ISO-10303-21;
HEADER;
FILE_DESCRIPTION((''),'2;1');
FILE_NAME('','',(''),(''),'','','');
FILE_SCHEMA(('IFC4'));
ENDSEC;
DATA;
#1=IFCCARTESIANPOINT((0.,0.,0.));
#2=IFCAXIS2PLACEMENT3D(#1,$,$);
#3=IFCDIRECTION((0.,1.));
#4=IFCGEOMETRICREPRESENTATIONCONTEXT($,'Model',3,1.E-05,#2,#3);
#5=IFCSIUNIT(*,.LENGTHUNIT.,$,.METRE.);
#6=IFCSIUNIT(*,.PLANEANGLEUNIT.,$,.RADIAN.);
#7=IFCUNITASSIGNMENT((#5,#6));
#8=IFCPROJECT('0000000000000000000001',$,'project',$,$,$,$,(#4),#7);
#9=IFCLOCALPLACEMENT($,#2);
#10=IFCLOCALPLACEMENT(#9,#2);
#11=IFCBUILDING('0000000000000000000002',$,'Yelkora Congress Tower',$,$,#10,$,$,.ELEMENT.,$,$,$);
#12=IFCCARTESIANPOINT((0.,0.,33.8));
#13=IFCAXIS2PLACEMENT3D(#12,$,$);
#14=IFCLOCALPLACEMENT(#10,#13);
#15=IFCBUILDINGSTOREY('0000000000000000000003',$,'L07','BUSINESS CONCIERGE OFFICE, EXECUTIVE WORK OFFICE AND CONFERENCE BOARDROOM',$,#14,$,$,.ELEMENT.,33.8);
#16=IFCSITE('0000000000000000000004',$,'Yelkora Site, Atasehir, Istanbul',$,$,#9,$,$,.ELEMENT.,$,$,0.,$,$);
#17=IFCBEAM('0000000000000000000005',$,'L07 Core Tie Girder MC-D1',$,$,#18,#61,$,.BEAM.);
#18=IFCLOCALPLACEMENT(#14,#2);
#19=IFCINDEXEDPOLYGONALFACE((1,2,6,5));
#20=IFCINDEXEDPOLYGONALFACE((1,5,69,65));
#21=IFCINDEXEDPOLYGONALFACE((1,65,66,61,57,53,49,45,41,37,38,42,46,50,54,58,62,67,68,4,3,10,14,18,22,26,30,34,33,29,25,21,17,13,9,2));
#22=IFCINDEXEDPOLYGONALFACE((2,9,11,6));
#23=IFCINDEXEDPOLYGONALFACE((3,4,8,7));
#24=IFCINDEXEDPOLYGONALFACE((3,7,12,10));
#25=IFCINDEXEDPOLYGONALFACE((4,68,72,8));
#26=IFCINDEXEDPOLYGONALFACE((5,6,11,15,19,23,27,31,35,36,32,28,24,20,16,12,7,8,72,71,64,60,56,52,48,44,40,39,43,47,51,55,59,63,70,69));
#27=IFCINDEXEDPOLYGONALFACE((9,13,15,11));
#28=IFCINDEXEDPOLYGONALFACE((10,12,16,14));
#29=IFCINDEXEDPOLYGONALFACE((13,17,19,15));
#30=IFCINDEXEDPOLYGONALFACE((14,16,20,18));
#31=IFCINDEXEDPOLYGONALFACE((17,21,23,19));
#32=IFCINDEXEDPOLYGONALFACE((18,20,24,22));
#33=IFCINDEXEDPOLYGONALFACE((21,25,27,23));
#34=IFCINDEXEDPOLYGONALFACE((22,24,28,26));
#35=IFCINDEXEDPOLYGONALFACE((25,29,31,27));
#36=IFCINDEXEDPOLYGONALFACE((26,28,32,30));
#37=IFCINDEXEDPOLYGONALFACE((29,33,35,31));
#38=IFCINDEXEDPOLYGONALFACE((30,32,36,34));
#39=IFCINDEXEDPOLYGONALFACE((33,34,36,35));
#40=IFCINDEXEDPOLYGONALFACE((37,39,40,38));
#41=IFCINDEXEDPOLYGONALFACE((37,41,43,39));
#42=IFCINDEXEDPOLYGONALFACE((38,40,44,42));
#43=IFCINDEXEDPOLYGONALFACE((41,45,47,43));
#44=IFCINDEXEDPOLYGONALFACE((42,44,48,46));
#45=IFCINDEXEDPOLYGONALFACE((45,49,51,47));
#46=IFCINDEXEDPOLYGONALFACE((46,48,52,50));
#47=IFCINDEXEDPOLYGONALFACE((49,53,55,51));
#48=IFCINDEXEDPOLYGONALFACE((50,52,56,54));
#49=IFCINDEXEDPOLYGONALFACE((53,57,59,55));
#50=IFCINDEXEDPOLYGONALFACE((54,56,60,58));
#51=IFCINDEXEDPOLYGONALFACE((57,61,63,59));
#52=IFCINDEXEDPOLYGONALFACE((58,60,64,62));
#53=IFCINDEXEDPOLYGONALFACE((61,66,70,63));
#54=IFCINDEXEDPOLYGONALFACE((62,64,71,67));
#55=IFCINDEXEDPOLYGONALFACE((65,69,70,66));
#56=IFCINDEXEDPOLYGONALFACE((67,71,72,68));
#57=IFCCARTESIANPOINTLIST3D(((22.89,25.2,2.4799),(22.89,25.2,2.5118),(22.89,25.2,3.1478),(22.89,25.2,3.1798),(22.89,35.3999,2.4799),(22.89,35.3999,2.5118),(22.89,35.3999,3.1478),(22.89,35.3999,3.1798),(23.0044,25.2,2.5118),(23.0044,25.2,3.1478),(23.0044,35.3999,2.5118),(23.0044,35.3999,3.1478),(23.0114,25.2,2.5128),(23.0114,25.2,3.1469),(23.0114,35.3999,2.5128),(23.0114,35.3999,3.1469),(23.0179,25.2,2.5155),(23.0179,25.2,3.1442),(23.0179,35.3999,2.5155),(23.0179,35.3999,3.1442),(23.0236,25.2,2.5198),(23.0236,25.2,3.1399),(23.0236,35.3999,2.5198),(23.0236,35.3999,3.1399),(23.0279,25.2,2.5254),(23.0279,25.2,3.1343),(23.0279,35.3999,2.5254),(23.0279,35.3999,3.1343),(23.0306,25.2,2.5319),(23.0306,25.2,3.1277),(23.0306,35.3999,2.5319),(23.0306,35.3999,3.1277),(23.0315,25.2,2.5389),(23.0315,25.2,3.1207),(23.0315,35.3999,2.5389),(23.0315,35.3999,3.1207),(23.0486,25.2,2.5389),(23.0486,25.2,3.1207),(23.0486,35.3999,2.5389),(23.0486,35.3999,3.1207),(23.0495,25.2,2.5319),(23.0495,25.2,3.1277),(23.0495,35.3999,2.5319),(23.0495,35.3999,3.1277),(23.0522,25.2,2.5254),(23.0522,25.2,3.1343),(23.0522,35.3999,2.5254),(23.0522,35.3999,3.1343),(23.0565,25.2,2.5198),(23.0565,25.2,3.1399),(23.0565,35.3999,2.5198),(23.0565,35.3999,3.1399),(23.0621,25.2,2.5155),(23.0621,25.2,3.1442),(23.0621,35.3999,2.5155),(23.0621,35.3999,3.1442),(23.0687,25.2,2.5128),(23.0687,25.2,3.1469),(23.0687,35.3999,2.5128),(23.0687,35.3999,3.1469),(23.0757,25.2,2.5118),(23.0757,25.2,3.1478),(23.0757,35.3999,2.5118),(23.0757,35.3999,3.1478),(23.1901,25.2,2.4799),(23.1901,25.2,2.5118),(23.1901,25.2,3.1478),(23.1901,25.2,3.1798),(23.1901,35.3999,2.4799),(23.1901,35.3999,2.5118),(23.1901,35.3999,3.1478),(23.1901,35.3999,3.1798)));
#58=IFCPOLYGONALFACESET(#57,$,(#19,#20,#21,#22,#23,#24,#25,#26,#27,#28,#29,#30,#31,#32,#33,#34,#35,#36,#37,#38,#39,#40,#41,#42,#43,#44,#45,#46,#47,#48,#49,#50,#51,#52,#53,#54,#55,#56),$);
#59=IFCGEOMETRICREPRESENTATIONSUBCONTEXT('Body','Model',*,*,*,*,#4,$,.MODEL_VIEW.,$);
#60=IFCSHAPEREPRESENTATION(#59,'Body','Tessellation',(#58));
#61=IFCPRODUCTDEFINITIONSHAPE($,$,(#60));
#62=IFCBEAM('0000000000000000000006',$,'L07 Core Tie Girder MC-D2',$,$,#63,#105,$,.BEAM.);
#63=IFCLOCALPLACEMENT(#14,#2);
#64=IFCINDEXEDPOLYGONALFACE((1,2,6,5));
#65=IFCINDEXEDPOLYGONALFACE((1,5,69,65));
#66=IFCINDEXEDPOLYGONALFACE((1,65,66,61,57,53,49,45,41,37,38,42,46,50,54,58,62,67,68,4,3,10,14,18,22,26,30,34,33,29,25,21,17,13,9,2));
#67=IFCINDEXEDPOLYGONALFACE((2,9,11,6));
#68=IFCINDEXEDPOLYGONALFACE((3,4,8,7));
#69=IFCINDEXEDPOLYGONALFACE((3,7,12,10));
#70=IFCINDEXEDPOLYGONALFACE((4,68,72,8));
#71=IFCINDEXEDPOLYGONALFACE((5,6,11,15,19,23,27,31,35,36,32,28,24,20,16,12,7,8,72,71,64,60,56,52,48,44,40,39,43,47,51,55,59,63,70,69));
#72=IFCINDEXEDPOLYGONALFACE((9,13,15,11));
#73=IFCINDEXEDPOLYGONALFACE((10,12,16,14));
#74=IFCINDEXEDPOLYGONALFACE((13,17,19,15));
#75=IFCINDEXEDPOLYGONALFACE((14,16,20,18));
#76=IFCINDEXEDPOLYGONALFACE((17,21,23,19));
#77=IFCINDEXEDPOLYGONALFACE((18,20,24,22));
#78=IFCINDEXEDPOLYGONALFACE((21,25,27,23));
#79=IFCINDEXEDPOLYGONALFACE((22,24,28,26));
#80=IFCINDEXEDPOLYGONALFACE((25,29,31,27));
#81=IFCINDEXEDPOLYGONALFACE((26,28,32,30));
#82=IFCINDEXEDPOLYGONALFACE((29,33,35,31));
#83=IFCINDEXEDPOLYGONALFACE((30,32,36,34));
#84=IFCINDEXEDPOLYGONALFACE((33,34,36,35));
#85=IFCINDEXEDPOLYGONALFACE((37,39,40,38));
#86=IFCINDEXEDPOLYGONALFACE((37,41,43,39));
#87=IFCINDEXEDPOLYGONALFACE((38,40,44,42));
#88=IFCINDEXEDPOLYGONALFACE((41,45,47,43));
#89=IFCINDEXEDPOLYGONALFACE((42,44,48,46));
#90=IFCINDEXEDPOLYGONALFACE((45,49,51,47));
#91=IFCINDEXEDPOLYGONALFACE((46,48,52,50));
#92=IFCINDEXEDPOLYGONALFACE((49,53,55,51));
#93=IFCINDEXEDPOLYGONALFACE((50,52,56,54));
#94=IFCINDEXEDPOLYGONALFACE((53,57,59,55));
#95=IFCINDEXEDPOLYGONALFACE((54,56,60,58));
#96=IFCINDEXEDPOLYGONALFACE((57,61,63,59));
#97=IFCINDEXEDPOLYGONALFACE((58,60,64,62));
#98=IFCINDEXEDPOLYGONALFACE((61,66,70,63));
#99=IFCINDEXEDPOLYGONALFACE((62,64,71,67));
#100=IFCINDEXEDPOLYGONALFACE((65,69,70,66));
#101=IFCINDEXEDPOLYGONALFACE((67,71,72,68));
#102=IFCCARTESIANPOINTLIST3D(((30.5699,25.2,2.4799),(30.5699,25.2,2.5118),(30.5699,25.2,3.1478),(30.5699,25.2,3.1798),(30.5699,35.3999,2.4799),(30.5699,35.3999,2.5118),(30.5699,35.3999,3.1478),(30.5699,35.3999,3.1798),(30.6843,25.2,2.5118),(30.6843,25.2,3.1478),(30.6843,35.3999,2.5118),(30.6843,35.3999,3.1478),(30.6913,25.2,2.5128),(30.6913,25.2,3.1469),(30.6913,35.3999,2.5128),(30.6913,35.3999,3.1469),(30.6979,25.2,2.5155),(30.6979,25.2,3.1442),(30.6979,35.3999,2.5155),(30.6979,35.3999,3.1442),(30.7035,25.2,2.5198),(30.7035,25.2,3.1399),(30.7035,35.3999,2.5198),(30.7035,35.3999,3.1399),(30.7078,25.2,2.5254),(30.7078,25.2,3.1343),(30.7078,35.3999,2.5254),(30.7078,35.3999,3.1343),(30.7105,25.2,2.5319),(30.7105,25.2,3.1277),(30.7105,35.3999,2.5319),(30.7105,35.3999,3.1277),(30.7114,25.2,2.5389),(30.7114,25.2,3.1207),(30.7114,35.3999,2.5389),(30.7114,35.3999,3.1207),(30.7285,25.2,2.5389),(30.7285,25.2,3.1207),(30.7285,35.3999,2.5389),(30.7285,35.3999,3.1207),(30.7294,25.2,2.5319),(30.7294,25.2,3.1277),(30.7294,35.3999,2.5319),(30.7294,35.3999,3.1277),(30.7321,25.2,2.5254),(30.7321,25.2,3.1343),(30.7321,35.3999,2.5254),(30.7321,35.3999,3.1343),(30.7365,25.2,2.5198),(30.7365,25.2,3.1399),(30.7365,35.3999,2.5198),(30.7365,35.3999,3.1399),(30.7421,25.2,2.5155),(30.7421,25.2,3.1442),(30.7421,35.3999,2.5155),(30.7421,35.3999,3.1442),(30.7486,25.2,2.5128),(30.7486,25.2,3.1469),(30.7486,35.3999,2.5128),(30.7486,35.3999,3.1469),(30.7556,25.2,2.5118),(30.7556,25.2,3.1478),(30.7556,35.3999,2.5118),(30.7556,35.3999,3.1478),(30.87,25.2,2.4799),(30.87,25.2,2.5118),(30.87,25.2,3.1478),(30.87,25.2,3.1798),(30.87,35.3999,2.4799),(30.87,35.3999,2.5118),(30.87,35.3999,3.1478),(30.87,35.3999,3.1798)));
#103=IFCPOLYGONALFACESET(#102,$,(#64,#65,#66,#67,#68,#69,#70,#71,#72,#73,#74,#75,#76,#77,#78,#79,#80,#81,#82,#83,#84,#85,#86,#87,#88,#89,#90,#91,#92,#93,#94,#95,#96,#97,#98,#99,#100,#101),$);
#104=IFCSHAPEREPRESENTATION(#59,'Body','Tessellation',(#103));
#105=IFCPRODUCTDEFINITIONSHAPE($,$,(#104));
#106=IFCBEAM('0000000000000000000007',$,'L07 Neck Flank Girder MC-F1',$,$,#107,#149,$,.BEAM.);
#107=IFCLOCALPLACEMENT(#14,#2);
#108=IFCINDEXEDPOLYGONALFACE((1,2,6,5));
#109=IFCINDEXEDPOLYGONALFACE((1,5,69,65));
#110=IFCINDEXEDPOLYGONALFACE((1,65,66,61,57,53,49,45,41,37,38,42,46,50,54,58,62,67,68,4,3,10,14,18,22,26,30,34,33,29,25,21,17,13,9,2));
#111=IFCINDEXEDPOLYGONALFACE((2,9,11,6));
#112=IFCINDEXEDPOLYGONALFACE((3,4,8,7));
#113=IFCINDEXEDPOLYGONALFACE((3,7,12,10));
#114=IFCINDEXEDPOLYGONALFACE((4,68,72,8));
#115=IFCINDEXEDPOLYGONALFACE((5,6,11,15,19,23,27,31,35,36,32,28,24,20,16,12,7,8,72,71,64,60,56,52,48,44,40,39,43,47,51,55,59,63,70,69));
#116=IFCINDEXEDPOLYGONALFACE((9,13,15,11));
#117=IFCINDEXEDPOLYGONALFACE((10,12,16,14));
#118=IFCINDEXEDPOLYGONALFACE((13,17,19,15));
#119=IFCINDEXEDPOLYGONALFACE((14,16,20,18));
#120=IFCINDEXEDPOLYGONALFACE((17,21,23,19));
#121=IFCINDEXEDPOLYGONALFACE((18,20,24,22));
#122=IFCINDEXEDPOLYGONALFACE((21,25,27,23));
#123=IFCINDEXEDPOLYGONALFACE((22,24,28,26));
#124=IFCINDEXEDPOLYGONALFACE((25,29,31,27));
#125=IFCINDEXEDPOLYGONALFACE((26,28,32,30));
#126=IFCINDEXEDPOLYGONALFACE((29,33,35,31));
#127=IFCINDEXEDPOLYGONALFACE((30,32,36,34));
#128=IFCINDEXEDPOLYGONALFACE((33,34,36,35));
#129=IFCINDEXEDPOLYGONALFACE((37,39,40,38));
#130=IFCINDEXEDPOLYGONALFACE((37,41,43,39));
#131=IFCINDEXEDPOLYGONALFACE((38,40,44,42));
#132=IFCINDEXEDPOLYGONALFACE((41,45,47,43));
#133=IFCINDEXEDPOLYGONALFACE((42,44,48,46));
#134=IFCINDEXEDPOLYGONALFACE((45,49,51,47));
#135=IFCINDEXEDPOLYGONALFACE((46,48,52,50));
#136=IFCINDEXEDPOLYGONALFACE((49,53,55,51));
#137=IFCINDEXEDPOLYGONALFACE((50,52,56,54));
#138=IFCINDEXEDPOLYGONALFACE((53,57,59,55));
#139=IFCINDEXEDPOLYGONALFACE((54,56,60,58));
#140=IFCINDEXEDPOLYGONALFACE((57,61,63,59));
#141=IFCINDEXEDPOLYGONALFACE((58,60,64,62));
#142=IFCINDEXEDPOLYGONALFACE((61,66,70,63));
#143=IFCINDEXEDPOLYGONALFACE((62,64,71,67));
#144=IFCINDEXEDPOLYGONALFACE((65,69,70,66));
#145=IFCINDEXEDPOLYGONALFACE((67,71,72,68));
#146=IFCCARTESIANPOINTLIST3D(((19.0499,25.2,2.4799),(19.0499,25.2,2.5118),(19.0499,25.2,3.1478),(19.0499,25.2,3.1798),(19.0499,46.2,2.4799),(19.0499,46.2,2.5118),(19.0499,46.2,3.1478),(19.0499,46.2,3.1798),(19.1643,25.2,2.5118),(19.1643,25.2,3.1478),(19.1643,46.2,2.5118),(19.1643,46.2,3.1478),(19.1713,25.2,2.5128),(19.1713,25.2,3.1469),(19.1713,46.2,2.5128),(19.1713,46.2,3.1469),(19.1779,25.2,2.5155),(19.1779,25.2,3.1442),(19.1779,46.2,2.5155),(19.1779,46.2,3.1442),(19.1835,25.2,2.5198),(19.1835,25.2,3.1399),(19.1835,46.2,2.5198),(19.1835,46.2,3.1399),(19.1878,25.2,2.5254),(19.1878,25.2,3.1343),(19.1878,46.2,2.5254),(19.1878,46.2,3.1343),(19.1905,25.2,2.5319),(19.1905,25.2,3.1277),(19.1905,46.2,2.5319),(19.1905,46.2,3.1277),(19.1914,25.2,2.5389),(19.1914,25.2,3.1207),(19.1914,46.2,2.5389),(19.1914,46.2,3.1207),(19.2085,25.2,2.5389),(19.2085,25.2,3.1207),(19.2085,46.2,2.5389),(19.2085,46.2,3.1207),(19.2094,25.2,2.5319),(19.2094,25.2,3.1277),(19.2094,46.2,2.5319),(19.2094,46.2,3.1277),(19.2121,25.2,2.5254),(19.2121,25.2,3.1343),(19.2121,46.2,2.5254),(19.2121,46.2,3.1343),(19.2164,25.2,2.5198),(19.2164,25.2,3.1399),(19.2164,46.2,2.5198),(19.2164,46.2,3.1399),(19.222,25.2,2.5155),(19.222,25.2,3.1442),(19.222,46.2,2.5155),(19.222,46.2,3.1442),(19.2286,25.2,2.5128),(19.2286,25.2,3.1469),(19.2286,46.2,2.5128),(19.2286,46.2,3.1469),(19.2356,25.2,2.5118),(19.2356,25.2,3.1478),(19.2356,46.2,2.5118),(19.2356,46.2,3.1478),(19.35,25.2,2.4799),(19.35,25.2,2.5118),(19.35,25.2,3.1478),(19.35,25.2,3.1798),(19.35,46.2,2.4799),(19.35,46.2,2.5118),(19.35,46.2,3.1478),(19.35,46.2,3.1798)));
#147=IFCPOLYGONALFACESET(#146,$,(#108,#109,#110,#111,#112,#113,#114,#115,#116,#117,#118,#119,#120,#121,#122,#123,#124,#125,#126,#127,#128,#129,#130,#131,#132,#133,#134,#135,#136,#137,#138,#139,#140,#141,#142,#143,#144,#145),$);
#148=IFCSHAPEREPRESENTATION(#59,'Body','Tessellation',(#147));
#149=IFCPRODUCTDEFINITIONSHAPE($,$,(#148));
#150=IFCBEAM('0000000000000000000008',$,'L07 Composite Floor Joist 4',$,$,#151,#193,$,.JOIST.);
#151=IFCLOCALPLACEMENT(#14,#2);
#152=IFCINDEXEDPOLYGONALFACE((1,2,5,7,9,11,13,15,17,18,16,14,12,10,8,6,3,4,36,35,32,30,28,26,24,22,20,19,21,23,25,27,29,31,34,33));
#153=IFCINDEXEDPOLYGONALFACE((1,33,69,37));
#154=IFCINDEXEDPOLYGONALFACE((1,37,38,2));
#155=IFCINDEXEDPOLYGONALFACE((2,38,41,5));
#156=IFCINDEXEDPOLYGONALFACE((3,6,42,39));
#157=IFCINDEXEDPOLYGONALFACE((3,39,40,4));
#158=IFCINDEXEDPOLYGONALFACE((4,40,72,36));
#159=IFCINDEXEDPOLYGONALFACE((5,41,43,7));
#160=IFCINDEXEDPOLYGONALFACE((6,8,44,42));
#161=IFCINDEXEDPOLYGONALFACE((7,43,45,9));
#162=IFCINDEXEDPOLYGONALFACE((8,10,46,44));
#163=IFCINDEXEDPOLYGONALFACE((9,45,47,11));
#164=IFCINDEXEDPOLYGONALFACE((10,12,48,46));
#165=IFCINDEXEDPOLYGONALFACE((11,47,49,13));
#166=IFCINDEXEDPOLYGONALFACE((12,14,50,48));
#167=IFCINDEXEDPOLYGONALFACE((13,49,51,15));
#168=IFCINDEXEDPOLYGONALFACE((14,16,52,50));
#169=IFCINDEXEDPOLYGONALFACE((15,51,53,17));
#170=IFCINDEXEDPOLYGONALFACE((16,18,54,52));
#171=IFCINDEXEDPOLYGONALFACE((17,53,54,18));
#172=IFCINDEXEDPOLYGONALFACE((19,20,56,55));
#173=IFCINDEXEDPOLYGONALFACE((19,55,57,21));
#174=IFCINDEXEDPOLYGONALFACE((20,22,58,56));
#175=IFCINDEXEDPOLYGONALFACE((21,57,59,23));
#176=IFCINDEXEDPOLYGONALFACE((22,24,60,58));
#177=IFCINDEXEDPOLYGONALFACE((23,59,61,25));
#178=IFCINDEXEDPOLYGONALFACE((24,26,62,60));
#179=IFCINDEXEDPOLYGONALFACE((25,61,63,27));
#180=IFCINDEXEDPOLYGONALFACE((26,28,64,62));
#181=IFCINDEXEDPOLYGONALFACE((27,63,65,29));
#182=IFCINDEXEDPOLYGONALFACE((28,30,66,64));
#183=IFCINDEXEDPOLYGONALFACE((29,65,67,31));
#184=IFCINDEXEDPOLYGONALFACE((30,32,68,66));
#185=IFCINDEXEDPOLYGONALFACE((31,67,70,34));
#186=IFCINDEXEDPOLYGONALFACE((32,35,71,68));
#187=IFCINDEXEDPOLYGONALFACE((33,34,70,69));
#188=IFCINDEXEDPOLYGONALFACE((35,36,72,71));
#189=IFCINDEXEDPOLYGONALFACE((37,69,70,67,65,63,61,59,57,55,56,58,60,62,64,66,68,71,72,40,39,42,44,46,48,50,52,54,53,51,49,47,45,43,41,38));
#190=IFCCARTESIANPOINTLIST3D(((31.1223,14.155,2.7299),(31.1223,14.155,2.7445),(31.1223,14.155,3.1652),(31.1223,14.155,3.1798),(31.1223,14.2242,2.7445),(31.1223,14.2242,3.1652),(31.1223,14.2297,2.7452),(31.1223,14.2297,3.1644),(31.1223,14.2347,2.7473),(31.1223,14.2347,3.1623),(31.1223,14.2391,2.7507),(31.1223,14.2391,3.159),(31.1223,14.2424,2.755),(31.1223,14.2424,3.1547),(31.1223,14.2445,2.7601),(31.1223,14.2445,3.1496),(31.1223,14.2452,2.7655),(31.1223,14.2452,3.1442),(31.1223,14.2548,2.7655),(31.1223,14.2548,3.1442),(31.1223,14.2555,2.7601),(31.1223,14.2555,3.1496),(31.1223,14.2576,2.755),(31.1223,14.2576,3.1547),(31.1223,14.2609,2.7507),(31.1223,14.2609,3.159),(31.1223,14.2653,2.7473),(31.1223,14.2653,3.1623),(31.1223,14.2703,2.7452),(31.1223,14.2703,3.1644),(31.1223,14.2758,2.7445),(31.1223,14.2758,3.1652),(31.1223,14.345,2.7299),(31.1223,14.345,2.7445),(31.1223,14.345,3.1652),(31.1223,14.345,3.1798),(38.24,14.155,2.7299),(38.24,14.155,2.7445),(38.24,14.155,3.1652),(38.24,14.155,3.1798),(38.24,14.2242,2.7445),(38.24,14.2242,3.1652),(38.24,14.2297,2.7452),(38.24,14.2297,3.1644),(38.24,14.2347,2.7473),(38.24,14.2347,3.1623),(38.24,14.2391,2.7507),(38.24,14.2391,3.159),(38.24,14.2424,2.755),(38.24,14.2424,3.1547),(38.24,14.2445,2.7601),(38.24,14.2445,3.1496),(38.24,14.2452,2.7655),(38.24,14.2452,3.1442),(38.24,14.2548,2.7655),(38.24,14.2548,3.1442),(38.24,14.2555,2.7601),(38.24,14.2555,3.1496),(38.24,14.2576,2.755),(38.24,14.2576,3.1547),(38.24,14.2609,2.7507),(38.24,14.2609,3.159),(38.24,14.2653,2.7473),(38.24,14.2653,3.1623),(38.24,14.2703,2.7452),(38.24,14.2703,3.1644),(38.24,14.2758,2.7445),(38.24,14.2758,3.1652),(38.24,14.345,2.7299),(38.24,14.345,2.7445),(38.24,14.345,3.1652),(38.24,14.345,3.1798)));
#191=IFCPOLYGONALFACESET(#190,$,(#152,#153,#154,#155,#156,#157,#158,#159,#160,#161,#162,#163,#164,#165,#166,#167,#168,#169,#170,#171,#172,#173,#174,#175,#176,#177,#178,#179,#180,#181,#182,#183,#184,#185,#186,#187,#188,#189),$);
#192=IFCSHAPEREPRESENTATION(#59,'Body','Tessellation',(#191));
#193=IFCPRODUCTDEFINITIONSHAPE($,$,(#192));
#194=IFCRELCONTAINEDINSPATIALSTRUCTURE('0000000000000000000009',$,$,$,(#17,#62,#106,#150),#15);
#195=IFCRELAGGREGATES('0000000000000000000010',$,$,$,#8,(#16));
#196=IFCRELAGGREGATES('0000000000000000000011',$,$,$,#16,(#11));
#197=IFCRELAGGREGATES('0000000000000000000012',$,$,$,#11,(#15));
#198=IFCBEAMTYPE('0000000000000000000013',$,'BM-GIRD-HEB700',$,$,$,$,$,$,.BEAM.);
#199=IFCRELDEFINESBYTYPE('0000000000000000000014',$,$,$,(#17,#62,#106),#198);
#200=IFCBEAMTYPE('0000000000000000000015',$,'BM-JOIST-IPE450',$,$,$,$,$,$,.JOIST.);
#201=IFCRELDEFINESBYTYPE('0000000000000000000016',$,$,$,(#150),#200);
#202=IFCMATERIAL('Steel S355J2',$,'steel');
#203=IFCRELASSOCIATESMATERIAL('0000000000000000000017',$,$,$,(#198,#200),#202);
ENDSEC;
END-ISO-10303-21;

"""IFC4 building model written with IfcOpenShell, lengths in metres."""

from ifc_helpers import new_model, si_unit, direction, frame, origin, origin_2d, place, context, subcontext, project, spatial, i_section, extrude, material, material_profile, profile_set, type_object, element, save


model = new_model("IFC4")

# Units and contexts
model_context = context("Model", 3, precision=1e-05, world=origin(), true_north=direction((0.0, 1.0)))
body_context = subcontext(model_context, "Body", "Model", "MODEL_VIEW")
ifc_project = project(units=[si_unit("LENGTHUNIT", "METRE"), si_unit("PLANEANGLEUNIT", "RADIAN")], contexts=[model_context])

# Site, building, storey
site_placement = place(None, origin())
site = spatial("IfcSite", under=ifc_project, at=site_placement, Name="Yelkora Site, Atasehir, Istanbul", CompositionType="ELEMENT", RefElevation=0.0)
building_placement = place(site_placement, origin())
building = spatial("IfcBuilding", under=site, at=building_placement, Name="Yelkora Congress Tower", CompositionType="ELEMENT")
storey_placement = place(building_placement, frame((0.0, 0.0, 33.8)))
storey = spatial("IfcBuildingStorey", under=building, at=storey_placement, Name="L07", Description="BUSINESS CONCIERGE OFFICE, EXECUTIVE WORK OFFICE AND CONFERENCE BOARDROOM", CompositionType="ELEMENT", Elevation=33.8)

# Beams
ifc_material_1 = material(Name="Steel S355J2", Category="steel")
ifc_material_profile_1 = material_profile(ifc_material_1, i_section(OverallWidth=0.3, OverallDepth=0.7, WebThickness=0.0171, FlangeThickness=0.032, FilletRadius=0.0271, at=origin_2d()), Name="HEB 700")
ifc_profile_set_1 = profile_set([ifc_material_profile_1], Name="Steel S355J2")
beam_type_1 = type_object("IfcBeamType", Name="BM-GIRD-HEB700", PredefinedType="BEAM", material=ifc_profile_set_1)
for number, where, z_axis, x_axis, name in (
    (1, (23.04, 25.2, 2.8298), (0.0, 1.0, 0.0), (-1.0, 0.0, 0.0), "L07 Core Tie Girder MC-D1"),
    (2, (30.72, 25.2, 2.8298), (0.0, 1.0, 0.0), (-1.0, 0.0, 0.0), "L07 Core Tie Girder MC-D2"),
):
    element("IfcBeam", number, at=place(storey_placement, frame(where, z_axis=z_axis, x_axis=x_axis)), inside=storey, type_object=beam_type_1, Name=name, PredefinedType="BEAM", context=body_context, shape_type="SweptSolid", body=[
        extrude(i_section(OverallWidth=0.3, OverallDepth=0.7, WebThickness=0.0171, FlangeThickness=0.032, FilletRadius=0.0271, at=origin_2d()), origin(), (0.0, 0.0, 1.0), 10.2),
    ])
beam_1_placement = place(storey_placement, frame((19.2, 25.2, 2.8298), z_axis=(0.0, 1.0, 0.0), x_axis=(-1.0, 0.0, 0.0)))
element("IfcBeam", 3, at=beam_1_placement, inside=storey, type_object=beam_type_1, Name="L07 Neck Flank Girder MC-F1", PredefinedType="BEAM", context=body_context, shape_type="SweptSolid", body=[
    extrude(i_section(OverallWidth=0.3, OverallDepth=0.7, WebThickness=0.0171, FlangeThickness=0.032, FilletRadius=0.0271, at=origin_2d()), origin(), (0.0, 0.0, 1.0), 21.0),
])
ifc_material_profile_2 = material_profile(ifc_material_1, i_section(OverallWidth=0.1899, OverallDepth=0.45, WebThickness=0.0095, FlangeThickness=0.0146, FilletRadius=0.021, at=origin_2d()), Name="IPE 450")
ifc_profile_set_2 = profile_set([ifc_material_profile_2], Name="Steel S355J2")
beam_type_2 = type_object("IfcBeamType", Name="BM-JOIST-IPE450", PredefinedType="JOIST", material=ifc_profile_set_2)
beam_2_placement = place(storey_placement, frame((31.1223, 14.25, 2.9548), z_axis=(1.0, 0.0, 0.0), x_axis=(0.0, 1.0, 0.0)))
element("IfcBeam", 4, at=beam_2_placement, inside=storey, type_object=beam_type_2, Name="L07 Composite Floor Joist 4", PredefinedType="JOIST", context=body_context, shape_type="SweptSolid", body=[
    extrude(i_section(OverallWidth=0.1899, OverallDepth=0.45, WebThickness=0.0095, FlangeThickness=0.0146, FilletRadius=0.021, at=origin_2d()), origin(), (0.0, 0.0, 1.0), 7.1177),
])

save(model, "model.ifc")
